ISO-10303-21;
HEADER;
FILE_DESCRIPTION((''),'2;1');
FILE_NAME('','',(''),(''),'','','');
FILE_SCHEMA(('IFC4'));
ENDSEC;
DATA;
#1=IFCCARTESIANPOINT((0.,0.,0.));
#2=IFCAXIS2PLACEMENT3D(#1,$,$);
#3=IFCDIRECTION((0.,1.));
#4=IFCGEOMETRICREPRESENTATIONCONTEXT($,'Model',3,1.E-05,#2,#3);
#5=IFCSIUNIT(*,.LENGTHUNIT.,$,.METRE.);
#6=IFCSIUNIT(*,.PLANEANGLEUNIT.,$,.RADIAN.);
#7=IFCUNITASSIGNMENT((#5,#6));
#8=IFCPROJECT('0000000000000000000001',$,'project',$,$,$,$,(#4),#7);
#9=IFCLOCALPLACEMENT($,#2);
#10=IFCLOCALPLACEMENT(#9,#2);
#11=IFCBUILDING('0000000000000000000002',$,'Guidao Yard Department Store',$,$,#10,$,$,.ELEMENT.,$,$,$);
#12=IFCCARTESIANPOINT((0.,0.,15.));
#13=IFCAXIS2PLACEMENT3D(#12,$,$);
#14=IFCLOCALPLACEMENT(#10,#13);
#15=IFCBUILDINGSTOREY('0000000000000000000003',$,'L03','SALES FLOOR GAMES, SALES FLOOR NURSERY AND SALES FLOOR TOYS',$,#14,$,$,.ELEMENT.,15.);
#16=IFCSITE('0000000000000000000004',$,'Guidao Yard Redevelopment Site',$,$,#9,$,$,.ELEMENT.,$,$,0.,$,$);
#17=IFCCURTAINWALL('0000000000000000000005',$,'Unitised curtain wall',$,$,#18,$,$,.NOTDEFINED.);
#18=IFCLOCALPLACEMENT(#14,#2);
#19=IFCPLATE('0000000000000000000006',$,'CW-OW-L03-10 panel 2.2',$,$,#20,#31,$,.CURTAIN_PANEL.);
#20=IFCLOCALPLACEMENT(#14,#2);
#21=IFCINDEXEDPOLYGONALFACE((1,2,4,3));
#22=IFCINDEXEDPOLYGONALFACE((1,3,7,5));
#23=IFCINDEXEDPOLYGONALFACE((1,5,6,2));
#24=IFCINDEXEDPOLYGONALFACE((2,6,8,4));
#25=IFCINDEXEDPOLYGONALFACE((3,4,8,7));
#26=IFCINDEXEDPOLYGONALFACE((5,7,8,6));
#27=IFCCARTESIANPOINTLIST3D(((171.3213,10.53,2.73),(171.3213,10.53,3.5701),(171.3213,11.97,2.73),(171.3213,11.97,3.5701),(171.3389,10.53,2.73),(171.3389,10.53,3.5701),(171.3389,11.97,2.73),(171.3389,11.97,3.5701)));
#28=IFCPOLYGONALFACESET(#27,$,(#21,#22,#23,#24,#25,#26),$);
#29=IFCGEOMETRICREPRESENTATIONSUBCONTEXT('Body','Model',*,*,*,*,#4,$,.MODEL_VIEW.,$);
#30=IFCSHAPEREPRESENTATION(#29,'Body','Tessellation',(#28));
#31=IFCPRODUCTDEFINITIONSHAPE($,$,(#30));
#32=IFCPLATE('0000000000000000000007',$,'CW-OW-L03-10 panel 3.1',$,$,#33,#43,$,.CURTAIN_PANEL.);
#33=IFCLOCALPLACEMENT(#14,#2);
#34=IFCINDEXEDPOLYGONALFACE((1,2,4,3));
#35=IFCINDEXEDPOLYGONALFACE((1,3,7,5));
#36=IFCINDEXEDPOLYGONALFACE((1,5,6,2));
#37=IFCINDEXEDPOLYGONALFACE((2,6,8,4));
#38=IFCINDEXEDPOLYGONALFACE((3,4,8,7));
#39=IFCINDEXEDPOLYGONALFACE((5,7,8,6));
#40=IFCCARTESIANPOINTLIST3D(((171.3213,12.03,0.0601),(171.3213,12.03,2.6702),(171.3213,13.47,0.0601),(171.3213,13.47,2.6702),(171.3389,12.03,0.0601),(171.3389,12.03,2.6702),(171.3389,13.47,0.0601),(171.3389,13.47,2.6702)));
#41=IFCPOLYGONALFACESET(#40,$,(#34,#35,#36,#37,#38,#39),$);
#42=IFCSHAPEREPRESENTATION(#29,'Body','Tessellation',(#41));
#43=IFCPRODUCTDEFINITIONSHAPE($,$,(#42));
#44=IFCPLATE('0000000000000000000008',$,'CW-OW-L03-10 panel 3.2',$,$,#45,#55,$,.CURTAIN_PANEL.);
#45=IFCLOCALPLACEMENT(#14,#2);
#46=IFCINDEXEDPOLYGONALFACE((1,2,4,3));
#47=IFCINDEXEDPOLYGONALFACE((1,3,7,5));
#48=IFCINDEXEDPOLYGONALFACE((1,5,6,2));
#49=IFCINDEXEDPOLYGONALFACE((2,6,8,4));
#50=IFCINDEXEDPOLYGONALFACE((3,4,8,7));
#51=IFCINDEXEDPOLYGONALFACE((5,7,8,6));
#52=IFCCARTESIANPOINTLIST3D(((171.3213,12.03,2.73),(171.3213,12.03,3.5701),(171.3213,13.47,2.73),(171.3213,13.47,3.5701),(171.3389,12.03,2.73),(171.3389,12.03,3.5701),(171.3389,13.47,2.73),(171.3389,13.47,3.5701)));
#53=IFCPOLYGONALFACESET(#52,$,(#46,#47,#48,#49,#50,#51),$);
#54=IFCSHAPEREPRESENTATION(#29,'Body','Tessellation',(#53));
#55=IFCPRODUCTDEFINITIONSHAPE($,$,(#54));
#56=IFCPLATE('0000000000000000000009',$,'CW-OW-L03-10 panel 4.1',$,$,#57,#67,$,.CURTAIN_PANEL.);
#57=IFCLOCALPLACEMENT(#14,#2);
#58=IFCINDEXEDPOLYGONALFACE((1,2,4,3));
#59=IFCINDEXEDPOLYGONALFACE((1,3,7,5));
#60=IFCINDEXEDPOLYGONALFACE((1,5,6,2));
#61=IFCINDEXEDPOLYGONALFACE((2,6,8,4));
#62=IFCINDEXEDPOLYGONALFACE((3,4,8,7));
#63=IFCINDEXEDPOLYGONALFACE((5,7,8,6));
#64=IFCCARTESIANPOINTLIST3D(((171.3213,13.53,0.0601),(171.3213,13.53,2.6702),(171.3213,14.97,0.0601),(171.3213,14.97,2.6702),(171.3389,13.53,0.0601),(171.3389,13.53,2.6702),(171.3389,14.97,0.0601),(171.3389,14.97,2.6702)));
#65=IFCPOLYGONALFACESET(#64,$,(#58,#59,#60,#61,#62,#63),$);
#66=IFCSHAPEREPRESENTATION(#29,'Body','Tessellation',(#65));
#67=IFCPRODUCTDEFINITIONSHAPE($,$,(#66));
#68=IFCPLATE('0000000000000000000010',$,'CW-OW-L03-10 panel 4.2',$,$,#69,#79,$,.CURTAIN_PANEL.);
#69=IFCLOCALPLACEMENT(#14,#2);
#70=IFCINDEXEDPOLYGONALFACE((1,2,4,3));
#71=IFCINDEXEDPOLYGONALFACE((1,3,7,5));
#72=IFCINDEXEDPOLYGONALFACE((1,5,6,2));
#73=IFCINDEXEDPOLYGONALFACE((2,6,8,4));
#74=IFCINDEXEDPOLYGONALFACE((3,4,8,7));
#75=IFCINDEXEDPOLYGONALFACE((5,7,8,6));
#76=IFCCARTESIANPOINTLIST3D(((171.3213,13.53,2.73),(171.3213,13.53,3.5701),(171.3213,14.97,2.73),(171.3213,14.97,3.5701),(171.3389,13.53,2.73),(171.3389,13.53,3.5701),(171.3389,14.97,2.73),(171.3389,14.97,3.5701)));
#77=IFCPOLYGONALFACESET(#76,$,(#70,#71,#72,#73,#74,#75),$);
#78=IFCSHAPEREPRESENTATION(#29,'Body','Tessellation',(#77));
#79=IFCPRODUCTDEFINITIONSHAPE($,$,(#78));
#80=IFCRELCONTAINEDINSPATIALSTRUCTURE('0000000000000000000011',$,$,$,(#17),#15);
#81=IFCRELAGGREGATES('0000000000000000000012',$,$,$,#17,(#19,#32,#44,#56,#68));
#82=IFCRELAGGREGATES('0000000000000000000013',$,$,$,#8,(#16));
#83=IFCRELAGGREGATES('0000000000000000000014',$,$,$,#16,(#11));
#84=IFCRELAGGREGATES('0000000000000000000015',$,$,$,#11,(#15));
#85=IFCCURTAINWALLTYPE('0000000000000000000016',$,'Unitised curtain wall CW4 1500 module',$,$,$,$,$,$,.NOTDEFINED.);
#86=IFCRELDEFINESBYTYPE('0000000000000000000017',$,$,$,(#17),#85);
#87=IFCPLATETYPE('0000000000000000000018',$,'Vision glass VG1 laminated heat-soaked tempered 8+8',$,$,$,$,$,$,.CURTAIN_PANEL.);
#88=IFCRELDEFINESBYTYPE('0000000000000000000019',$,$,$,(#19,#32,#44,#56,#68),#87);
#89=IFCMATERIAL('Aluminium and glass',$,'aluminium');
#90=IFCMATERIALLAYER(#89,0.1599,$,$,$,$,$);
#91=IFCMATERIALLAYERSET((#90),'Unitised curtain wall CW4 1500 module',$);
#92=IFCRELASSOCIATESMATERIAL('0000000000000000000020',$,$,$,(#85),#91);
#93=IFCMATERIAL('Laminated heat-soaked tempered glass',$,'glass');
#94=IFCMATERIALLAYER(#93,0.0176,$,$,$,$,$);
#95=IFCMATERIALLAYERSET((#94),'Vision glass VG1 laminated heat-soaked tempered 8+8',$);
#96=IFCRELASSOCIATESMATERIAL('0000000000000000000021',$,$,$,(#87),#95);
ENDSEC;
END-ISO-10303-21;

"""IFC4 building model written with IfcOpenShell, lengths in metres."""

from ifc_helpers import new_model, si_unit, direction, frame, origin, origin_2d, place, context, subcontext, project, spatial, rectangle, extrude, material, layer, layer_set, type_object, element, aggregate, save


model = new_model("IFC4")

# Units and contexts
model_context = context("Model", 3, precision=1e-05, world=origin(), true_north=direction((0.0, 1.0)))
body_context = subcontext(model_context, "Body", "Model", "MODEL_VIEW")
ifc_project = project(units=[si_unit("LENGTHUNIT", "METRE"), si_unit("PLANEANGLEUNIT", "RADIAN")], contexts=[model_context])

# Site, building, storey
site_placement = place(None, origin())
site = spatial("IfcSite", under=ifc_project, at=site_placement, Name="Guidao Yard Redevelopment Site", CompositionType="ELEMENT", RefElevation=0.0)
building_placement = place(site_placement, origin())
building = spatial("IfcBuilding", under=site, at=building_placement, Name="Guidao Yard Department Store", CompositionType="ELEMENT")
storey_placement = place(building_placement, frame((0.0, 0.0, 15.0)))
storey = spatial("IfcBuildingStorey", under=building, at=storey_placement, Name="L03", Description="SALES FLOOR GAMES, SALES FLOOR NURSERY AND SALES FLOOR TOYS", CompositionType="ELEMENT", Elevation=15.0)

# Shared definitions
ifc_material_1 = material(Name="Aluminium and glass", Category="aluminium")
ifc_layer_1 = layer(ifc_material_1, 0.1599)
ifc_layer_set_1 = layer_set([ifc_layer_1], Name="Unitised curtain wall CW4 1500 module")
curtain_wall_type = type_object("IfcCurtainWallType", Name="Unitised curtain wall CW4 1500 module", PredefinedType="NOTDEFINED", material=ifc_layer_set_1)

# Curtain wall
curtain_wall_1_placement = place(storey_placement, origin())
curtain_wall_1 = element("IfcCurtainWall", 1, at=curtain_wall_1_placement, inside=storey, type_object=curtain_wall_type, Name="Unitised curtain wall", PredefinedType="NOTDEFINED")

# Plates
ifc_material_2 = material(Name="Laminated heat-soaked tempered glass", Category="glass")
ifc_layer_2 = layer(ifc_material_2, 0.0176)
ifc_layer_set_2 = layer_set([ifc_layer_2], Name="Vision glass VG1 laminated heat-soaked tempered 8+8")
plate_type_1 = type_object("IfcPlateType", Name="Vision glass VG1 laminated heat-soaked tempered 8+8", PredefinedType="CURTAIN_PANEL", material=ifc_layer_set_2)
plate_1_placement = place(storey_placement, frame((171.3301, 11.25, 2.73), z_axis=(0.0, 0.0, 1.0), x_axis=(0.0, -1.0, 0.0)))
plate_1 = element("IfcPlate", 2, at=plate_1_placement, type_object=plate_type_1, Name="CW-OW-L03-10 panel 2.2", PredefinedType="CURTAIN_PANEL", context=body_context, shape_type="SweptSolid", body=[
    extrude(rectangle(XDim=1.4399, YDim=0.0176, at=origin_2d()), origin(), (0.0, 0.0, 1.0), 0.8401),
])
plate_2_placement = place(storey_placement, frame((171.3301, 12.75, 0.0601), z_axis=(0.0, 0.0, 1.0), x_axis=(0.0, -1.0, 0.0)))
plate_2 = element("IfcPlate", 3, at=plate_2_placement, type_object=plate_type_1, Name="CW-OW-L03-10 panel 3.1", PredefinedType="CURTAIN_PANEL", context=body_context, shape_type="SweptSolid", body=[
    extrude(rectangle(XDim=1.4399, YDim=0.0176, at=origin_2d()), origin(), (0.0, 0.0, 1.0), 2.6101),
])
plate_3_placement = place(storey_placement, frame((171.3301, 12.75, 2.73), z_axis=(0.0, 0.0, 1.0), x_axis=(0.0, -1.0, 0.0)))
plate_3 = element("IfcPlate", 4, at=plate_3_placement, type_object=plate_type_1, Name="CW-OW-L03-10 panel 3.2", PredefinedType="CURTAIN_PANEL", context=body_context, shape_type="SweptSolid", body=[
    extrude(rectangle(XDim=1.4399, YDim=0.0176, at=origin_2d()), origin(), (0.0, 0.0, 1.0), 0.8401),
])
plate_4_placement = place(storey_placement, frame((171.3301, 14.25, 0.0601), z_axis=(0.0, 0.0, 1.0), x_axis=(0.0, -1.0, 0.0)))
plate_4 = element("IfcPlate", 5, at=plate_4_placement, type_object=plate_type_1, Name="CW-OW-L03-10 panel 4.1", PredefinedType="CURTAIN_PANEL", context=body_context, shape_type="SweptSolid", body=[
    extrude(rectangle(XDim=1.4399, YDim=0.0176, at=origin_2d()), origin(), (0.0, 0.0, 1.0), 2.6101),
])
plate_5_placement = place(storey_placement, frame((171.3301, 14.25, 2.73), z_axis=(0.0, 0.0, 1.0), x_axis=(0.0, -1.0, 0.0)))
plate_5 = element("IfcPlate", 6, at=plate_5_placement, type_object=plate_type_1, Name="CW-OW-L03-10 panel 4.2", PredefinedType="CURTAIN_PANEL", context=body_context, shape_type="SweptSolid", body=[
    extrude(rectangle(XDim=1.4399, YDim=0.0176, at=origin_2d()), origin(), (0.0, 0.0, 1.0), 0.8401),
])
aggregate(curtain_wall_1, [plate_1, plate_2, plate_3, plate_4, plate_5])

save(model, "model.ifc")
